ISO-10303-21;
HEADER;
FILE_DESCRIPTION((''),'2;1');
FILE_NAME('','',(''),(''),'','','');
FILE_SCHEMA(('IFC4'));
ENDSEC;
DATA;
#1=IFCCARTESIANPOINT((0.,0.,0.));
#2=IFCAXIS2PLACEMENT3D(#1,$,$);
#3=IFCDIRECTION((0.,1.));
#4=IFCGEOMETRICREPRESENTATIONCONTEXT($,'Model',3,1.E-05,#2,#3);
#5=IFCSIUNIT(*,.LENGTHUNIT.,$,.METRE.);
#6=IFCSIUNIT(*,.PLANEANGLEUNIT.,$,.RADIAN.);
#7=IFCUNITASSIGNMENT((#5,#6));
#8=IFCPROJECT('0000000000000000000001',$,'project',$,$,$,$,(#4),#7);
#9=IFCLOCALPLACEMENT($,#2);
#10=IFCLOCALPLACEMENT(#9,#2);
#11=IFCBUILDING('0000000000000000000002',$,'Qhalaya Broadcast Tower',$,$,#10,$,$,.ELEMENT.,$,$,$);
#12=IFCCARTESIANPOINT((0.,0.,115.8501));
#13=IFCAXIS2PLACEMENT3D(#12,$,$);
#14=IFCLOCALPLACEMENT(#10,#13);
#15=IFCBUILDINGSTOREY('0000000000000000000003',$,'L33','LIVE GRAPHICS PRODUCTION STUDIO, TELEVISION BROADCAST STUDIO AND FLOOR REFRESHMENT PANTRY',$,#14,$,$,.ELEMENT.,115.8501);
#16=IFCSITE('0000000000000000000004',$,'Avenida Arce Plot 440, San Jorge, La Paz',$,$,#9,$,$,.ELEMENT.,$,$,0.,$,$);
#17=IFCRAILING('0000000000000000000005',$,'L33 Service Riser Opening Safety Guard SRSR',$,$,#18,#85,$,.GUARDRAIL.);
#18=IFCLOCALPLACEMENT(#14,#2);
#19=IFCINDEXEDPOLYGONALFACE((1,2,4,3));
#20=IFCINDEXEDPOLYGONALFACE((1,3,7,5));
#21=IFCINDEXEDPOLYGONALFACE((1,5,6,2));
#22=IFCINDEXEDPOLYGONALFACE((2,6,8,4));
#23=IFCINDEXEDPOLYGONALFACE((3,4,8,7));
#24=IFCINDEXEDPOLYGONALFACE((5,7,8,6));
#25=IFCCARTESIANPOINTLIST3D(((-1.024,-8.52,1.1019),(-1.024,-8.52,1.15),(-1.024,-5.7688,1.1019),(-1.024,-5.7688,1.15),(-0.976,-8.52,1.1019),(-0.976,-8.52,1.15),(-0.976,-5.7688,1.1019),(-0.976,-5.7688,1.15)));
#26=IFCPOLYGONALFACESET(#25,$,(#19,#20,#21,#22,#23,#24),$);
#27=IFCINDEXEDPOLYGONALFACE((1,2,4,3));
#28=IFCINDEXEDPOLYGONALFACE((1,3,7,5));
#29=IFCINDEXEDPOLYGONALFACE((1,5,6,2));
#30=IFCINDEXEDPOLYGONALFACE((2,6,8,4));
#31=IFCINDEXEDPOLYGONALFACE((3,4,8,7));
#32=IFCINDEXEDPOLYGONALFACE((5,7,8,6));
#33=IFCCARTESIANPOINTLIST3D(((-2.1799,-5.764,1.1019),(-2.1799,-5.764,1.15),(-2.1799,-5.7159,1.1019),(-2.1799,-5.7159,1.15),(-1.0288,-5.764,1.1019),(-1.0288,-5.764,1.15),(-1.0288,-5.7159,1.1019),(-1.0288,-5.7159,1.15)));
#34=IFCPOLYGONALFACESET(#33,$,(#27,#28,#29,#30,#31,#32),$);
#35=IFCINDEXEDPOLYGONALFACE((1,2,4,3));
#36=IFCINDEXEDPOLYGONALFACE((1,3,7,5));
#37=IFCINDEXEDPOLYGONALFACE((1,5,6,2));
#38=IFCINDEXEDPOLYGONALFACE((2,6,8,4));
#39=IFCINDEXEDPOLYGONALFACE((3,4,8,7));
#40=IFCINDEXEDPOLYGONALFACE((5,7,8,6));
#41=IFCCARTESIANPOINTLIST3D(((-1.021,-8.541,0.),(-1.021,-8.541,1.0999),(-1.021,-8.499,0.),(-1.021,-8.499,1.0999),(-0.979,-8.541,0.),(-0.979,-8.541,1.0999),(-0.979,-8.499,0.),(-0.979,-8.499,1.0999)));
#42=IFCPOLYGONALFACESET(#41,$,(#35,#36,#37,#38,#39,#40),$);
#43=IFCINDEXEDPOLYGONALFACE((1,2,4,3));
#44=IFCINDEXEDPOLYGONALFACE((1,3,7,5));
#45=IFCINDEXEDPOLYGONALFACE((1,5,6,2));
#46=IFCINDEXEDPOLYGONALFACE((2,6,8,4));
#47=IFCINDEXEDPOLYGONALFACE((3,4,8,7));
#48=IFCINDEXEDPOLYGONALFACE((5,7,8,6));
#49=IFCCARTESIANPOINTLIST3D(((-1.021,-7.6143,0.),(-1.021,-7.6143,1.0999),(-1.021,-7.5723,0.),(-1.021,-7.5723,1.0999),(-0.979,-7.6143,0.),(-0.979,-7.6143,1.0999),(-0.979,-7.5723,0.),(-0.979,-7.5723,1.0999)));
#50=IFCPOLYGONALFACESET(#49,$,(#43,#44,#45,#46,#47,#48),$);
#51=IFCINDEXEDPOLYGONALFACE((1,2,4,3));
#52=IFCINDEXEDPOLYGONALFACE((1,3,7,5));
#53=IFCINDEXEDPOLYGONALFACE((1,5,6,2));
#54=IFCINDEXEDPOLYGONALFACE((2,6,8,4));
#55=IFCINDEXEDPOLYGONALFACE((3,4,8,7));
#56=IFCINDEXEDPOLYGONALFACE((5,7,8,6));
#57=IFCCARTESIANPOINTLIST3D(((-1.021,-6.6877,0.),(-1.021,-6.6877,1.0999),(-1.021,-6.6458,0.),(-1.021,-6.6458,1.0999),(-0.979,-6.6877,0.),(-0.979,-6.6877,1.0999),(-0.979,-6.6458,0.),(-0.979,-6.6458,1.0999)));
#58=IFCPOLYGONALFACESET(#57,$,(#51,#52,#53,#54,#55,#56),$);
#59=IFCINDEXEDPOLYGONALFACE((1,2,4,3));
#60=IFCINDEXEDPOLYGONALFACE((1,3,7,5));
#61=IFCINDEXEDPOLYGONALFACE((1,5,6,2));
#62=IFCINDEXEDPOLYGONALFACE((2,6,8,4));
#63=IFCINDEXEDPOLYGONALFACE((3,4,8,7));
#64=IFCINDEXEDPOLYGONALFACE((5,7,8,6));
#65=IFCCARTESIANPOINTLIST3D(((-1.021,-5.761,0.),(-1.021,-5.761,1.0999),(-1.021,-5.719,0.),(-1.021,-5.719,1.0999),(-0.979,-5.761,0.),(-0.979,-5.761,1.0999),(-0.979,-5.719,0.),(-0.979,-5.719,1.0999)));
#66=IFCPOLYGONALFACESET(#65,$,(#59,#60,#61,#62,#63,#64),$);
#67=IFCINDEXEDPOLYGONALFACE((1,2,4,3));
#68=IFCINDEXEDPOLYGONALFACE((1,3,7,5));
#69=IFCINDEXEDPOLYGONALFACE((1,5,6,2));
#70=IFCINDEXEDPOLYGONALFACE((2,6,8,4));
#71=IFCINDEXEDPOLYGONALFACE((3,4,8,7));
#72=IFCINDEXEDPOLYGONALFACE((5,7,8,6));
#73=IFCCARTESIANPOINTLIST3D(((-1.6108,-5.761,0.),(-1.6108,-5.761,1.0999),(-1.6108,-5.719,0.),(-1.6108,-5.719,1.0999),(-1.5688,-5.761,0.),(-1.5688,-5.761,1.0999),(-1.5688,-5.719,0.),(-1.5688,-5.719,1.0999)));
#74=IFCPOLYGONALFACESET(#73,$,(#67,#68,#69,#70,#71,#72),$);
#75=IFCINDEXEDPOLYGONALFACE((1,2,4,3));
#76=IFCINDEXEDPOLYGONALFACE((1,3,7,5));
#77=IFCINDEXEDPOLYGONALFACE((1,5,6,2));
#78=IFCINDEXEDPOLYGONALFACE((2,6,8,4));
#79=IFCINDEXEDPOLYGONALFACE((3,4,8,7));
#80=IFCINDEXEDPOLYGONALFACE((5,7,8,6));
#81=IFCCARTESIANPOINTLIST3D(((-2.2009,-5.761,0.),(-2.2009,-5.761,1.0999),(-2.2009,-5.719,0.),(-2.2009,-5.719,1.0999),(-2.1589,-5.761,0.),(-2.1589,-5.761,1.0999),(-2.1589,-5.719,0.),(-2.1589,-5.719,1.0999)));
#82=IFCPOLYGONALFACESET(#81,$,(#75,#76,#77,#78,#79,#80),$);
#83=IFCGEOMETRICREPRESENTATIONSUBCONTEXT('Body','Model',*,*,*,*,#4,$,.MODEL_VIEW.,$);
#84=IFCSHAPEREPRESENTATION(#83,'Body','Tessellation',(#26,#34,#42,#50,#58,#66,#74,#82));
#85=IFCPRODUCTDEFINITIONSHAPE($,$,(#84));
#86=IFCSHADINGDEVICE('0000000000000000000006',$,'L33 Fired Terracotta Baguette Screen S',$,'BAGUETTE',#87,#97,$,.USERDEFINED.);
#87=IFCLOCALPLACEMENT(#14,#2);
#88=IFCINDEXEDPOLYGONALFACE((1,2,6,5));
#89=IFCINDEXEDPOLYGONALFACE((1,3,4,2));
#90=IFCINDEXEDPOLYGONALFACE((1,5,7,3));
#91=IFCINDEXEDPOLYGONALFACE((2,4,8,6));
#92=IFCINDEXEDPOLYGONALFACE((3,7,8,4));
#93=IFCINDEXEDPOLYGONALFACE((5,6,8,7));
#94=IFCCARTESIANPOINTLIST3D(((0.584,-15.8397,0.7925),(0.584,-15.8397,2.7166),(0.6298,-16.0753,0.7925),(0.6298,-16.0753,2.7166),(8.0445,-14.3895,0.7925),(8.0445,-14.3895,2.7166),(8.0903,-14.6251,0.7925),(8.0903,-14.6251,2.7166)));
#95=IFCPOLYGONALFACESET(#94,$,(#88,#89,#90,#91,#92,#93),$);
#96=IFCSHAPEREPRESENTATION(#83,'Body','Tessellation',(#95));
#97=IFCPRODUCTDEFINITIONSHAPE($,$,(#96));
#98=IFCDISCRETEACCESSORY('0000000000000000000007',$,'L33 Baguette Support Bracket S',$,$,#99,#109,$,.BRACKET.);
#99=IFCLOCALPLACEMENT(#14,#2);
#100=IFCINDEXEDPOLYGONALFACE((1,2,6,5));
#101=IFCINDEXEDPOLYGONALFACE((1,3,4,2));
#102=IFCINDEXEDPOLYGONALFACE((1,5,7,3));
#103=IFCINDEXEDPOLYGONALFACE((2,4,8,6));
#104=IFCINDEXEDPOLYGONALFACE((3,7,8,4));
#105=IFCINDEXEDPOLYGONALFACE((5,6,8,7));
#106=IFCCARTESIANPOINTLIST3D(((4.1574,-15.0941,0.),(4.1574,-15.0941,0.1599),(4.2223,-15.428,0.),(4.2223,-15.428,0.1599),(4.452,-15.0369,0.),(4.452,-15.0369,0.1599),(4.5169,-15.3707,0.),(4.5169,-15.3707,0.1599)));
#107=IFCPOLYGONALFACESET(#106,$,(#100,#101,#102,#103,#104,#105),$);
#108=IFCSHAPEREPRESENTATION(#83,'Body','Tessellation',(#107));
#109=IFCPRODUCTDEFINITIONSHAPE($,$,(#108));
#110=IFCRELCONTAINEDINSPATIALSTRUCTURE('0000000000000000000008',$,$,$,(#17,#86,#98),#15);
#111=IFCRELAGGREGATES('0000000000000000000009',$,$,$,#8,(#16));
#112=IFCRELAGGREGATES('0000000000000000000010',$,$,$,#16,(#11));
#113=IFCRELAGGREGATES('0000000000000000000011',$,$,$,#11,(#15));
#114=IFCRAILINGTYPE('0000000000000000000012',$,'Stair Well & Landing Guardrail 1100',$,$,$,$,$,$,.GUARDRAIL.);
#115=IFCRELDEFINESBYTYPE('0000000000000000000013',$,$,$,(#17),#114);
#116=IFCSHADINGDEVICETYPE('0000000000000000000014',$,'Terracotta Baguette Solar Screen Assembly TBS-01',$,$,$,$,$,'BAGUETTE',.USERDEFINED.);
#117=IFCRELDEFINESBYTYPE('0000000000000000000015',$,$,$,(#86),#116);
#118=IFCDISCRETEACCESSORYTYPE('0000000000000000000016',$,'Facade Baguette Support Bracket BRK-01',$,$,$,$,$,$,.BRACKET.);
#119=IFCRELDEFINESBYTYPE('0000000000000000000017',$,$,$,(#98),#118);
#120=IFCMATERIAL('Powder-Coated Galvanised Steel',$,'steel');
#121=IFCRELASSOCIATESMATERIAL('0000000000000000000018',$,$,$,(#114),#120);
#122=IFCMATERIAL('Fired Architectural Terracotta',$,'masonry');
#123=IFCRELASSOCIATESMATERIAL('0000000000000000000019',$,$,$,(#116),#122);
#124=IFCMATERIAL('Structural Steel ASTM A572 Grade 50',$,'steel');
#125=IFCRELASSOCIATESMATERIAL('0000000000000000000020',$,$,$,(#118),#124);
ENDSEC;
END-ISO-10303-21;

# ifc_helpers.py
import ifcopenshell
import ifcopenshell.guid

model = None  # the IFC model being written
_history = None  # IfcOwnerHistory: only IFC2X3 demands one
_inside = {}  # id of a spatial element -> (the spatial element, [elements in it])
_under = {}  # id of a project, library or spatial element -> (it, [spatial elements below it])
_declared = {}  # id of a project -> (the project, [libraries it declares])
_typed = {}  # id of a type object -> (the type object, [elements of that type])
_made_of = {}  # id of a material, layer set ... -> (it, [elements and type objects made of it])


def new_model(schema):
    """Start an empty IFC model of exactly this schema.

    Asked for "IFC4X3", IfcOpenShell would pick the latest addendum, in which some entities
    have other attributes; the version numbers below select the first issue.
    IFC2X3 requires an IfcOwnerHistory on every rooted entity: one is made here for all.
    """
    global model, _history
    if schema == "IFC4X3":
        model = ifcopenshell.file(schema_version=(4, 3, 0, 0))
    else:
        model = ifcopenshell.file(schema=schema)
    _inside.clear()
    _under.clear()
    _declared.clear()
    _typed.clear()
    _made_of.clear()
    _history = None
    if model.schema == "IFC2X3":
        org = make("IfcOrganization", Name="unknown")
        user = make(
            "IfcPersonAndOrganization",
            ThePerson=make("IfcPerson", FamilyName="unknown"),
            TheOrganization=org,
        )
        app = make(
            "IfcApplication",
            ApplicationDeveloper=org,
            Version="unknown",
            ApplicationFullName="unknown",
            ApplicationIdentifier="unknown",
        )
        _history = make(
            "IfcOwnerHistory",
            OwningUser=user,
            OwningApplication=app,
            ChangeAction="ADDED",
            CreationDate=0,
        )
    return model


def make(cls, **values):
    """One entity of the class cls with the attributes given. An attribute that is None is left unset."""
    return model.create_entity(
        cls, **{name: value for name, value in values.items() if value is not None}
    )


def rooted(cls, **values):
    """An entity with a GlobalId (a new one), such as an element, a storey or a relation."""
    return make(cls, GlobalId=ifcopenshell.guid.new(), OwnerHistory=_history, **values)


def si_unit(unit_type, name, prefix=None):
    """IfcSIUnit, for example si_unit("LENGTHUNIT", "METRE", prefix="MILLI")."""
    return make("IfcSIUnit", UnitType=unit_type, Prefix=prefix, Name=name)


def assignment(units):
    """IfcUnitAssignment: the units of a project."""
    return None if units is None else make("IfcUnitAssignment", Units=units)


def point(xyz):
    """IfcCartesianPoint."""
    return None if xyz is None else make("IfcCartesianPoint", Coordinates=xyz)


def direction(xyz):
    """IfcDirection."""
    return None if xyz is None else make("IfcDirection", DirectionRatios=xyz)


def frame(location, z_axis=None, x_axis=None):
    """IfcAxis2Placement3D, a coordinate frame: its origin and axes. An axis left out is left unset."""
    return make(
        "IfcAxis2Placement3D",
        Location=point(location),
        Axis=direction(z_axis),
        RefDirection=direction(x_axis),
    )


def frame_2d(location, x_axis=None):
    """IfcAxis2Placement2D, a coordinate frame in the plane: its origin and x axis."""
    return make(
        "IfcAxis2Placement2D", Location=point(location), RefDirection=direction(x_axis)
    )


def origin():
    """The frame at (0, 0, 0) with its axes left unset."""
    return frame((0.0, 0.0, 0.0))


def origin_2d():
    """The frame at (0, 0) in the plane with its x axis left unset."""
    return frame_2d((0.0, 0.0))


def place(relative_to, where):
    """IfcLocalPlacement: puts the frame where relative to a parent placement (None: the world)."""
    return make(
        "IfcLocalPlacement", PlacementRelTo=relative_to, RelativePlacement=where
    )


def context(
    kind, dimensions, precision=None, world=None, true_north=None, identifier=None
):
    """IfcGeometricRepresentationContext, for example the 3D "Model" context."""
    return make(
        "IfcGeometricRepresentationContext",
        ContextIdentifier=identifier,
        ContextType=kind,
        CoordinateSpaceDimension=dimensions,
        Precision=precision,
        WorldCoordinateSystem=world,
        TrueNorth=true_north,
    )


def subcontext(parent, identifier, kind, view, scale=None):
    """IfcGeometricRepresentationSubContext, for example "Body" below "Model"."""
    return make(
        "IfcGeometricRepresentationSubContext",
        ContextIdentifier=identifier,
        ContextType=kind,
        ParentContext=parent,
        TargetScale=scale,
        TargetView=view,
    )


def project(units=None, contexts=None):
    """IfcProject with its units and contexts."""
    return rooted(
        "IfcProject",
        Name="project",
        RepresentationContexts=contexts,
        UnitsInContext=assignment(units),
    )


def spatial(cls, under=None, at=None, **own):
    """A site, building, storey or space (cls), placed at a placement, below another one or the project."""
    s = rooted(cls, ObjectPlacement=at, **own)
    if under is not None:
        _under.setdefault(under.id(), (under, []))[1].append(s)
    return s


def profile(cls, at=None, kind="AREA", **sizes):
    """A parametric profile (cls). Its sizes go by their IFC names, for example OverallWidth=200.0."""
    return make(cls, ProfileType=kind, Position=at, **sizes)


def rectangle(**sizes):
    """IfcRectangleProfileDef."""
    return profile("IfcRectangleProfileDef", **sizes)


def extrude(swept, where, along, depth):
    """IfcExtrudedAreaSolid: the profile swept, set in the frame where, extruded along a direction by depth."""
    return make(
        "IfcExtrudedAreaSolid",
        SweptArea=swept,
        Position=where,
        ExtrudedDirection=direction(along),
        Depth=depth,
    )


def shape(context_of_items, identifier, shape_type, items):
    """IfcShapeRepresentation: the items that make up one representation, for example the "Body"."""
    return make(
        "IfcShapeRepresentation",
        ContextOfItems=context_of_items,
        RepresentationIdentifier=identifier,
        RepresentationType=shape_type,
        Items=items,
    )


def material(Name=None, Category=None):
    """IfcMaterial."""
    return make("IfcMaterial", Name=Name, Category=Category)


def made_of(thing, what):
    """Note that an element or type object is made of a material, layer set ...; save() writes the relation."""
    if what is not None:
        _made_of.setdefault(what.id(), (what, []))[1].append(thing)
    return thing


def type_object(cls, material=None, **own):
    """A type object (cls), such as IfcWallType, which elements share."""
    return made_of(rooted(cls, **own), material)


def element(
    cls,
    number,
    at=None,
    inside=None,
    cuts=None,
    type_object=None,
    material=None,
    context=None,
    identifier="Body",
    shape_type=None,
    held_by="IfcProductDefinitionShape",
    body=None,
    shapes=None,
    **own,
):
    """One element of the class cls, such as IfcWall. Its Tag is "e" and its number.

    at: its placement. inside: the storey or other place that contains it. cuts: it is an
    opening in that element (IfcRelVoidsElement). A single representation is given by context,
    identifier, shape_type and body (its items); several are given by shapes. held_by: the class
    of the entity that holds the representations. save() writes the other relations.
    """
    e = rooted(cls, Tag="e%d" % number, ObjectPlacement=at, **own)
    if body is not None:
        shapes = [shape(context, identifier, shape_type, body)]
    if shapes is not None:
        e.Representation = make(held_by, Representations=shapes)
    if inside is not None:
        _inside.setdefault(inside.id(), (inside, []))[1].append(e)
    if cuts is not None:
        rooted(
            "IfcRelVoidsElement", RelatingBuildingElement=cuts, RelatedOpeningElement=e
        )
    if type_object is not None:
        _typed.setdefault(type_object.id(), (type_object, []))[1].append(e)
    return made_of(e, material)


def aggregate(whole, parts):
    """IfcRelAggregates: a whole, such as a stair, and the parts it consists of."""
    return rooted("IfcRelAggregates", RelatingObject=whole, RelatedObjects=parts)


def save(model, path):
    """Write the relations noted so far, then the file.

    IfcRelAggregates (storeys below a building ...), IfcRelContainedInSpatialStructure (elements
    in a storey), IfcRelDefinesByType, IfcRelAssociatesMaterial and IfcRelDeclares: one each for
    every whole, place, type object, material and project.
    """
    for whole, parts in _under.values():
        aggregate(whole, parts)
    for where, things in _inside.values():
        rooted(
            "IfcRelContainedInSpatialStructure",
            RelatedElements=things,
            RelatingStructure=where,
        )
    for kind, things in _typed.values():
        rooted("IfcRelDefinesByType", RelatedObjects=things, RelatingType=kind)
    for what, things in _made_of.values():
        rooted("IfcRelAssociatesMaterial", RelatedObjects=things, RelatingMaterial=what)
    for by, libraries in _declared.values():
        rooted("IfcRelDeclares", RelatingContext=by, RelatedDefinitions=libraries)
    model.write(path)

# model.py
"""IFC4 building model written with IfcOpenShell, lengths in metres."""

from ifc_helpers import new_model, si_unit, direction, frame, origin, origin_2d, place, context, subcontext, project, spatial, rectangle, extrude, material, type_object, element, save


model = new_model("IFC4")

# Units and contexts
model_context = context("Model", 3, precision=1e-05, world=origin(), true_north=direction((0.0, 1.0)))
body_context = subcontext(model_context, "Body", "Model", "MODEL_VIEW")
ifc_project = project(units=[si_unit("LENGTHUNIT", "METRE"), si_unit("PLANEANGLEUNIT", "RADIAN")], contexts=[model_context])

# Site, building, storey
site_placement = place(None, origin())
site = spatial("IfcSite", under=ifc_project, at=site_placement, Name="Avenida Arce Plot 440, San Jorge, La Paz", CompositionType="ELEMENT", RefElevation=0.0)
building_placement = place(site_placement, origin())
building = spatial("IfcBuilding", under=site, at=building_placement, Name="Qhalaya Broadcast Tower", CompositionType="ELEMENT")
storey_placement = place(building_placement, frame((0.0, 0.0, 115.8501)))
storey = spatial("IfcBuildingStorey", under=building, at=storey_placement, Name="L33", Description="LIVE GRAPHICS PRODUCTION STUDIO, TELEVISION BROADCAST STUDIO AND FLOOR REFRESHMENT PANTRY", CompositionType="ELEMENT", Elevation=115.8501)

# Railing
ifc_material_1 = material(Name="Powder-Coated Galvanised Steel", Category="steel")
railing_type = type_object("IfcRailingType", Name="Stair Well & Landing Guardrail 1100", PredefinedType="GUARDRAIL", material=ifc_material_1)
railing_placement = place(storey_placement, frame((-1.0, -8.52, 0.0)))
element("IfcRailing", 1, at=railing_placement, inside=storey, type_object=railing_type, Name="L33 Service Riser Opening Safety Guard SRSR", PredefinedType="GUARDRAIL", context=body_context, shape_type="SweptSolid", body=[
    extrude(rectangle(XDim=0.0481, YDim=0.0481, at=origin_2d()), frame((0.0, 0.0, 1.126), z_axis=(0.0, 1.0, 0.0), x_axis=(-1.0, 0.0, 0.0)), (0.0, 0.0, 1.0), 2.7512),
    extrude(rectangle(XDim=0.0481, YDim=0.0481, at=origin_2d()), frame((-0.0288, 2.78, 1.126), z_axis=(-1.0, 0.0, 0.0), x_axis=(0.0, -1.0, 0.0)), (0.0, 0.0, 1.0), 1.1511),
    extrude(rectangle(XDim=0.042, YDim=0.042, at=origin_2d()), origin(), (0.0, 0.0, 1.0), 1.0999),
    extrude(rectangle(XDim=0.042, YDim=0.042, at=origin_2d()), frame((0.0, 0.9268, 0.0)), (0.0, 0.0, 1.0), 1.0999),
    extrude(rectangle(XDim=0.042, YDim=0.042, at=origin_2d()), frame((0.0, 1.8533, 0.0)), (0.0, 0.0, 1.0), 1.0999),
    extrude(rectangle(XDim=0.042, YDim=0.042, at=origin_2d()), frame((0.0, 2.78, 0.0)), (0.0, 0.0, 1.0), 1.0999),
    extrude(rectangle(XDim=0.042, YDim=0.042, at=origin_2d()), frame((-0.5898, 2.78, 0.0)), (0.0, 0.0, 1.0), 1.0999),
    extrude(rectangle(XDim=0.042, YDim=0.042, at=origin_2d()), frame((-1.1799, 2.78, 0.0)), (0.0, 0.0, 1.0), 1.0999),
])

# Shading device
ifc_material_2 = material(Name="Fired Architectural Terracotta", Category="masonry")
shading_device_type = type_object("IfcShadingDeviceType", Name="Terracotta Baguette Solar Screen Assembly TBS-01", ElementType="BAGUETTE", PredefinedType="USERDEFINED", material=ifc_material_2)
shading_device_placement = place(storey_placement, frame((4.3372, -15.2324, 0.7925), z_axis=(0.0, 0.0, 1.0), x_axis=(0.981627, 0.190809, 0.0)))
element("IfcShadingDevice", 2, at=shading_device_placement, inside=storey, type_object=shading_device_type, Name="L33 Fired Terracotta Baguette Screen S", ObjectType="BAGUETTE", PredefinedType="USERDEFINED", context=body_context, shape_type="SweptSolid", body=[
    extrude(rectangle(XDim=7.6001, YDim=0.24, at=origin_2d()), origin(), (0.0, 0.0, 1.0), 1.9241),
])

# Discrete accessory
ifc_material_3 = material(Name="Structural Steel ASTM A572 Grade 50", Category="steel")
discrete_accessory_type = type_object("IfcDiscreteAccessoryType", Name="Facade Baguette Support Bracket BRK-01", PredefinedType="BRACKET", material=ifc_material_3)
discrete_accessory_placement = place(storey_placement, frame((4.3372, -15.2324, 0.0), z_axis=(0.0, 0.0, 1.0), x_axis=(0.981627, 0.190809, 0.0)))
element("IfcDiscreteAccessory", 3, at=discrete_accessory_placement, inside=storey, type_object=discrete_accessory_type, Name="L33 Baguette Support Bracket S", PredefinedType="BRACKET", context=body_context, shape_type="SweptSolid", body=[
    extrude(rectangle(XDim=0.3, YDim=0.3401, at=origin_2d()), origin(), (0.0, 0.0, 1.0), 0.1599),
])

save(model, "model.ifc")
